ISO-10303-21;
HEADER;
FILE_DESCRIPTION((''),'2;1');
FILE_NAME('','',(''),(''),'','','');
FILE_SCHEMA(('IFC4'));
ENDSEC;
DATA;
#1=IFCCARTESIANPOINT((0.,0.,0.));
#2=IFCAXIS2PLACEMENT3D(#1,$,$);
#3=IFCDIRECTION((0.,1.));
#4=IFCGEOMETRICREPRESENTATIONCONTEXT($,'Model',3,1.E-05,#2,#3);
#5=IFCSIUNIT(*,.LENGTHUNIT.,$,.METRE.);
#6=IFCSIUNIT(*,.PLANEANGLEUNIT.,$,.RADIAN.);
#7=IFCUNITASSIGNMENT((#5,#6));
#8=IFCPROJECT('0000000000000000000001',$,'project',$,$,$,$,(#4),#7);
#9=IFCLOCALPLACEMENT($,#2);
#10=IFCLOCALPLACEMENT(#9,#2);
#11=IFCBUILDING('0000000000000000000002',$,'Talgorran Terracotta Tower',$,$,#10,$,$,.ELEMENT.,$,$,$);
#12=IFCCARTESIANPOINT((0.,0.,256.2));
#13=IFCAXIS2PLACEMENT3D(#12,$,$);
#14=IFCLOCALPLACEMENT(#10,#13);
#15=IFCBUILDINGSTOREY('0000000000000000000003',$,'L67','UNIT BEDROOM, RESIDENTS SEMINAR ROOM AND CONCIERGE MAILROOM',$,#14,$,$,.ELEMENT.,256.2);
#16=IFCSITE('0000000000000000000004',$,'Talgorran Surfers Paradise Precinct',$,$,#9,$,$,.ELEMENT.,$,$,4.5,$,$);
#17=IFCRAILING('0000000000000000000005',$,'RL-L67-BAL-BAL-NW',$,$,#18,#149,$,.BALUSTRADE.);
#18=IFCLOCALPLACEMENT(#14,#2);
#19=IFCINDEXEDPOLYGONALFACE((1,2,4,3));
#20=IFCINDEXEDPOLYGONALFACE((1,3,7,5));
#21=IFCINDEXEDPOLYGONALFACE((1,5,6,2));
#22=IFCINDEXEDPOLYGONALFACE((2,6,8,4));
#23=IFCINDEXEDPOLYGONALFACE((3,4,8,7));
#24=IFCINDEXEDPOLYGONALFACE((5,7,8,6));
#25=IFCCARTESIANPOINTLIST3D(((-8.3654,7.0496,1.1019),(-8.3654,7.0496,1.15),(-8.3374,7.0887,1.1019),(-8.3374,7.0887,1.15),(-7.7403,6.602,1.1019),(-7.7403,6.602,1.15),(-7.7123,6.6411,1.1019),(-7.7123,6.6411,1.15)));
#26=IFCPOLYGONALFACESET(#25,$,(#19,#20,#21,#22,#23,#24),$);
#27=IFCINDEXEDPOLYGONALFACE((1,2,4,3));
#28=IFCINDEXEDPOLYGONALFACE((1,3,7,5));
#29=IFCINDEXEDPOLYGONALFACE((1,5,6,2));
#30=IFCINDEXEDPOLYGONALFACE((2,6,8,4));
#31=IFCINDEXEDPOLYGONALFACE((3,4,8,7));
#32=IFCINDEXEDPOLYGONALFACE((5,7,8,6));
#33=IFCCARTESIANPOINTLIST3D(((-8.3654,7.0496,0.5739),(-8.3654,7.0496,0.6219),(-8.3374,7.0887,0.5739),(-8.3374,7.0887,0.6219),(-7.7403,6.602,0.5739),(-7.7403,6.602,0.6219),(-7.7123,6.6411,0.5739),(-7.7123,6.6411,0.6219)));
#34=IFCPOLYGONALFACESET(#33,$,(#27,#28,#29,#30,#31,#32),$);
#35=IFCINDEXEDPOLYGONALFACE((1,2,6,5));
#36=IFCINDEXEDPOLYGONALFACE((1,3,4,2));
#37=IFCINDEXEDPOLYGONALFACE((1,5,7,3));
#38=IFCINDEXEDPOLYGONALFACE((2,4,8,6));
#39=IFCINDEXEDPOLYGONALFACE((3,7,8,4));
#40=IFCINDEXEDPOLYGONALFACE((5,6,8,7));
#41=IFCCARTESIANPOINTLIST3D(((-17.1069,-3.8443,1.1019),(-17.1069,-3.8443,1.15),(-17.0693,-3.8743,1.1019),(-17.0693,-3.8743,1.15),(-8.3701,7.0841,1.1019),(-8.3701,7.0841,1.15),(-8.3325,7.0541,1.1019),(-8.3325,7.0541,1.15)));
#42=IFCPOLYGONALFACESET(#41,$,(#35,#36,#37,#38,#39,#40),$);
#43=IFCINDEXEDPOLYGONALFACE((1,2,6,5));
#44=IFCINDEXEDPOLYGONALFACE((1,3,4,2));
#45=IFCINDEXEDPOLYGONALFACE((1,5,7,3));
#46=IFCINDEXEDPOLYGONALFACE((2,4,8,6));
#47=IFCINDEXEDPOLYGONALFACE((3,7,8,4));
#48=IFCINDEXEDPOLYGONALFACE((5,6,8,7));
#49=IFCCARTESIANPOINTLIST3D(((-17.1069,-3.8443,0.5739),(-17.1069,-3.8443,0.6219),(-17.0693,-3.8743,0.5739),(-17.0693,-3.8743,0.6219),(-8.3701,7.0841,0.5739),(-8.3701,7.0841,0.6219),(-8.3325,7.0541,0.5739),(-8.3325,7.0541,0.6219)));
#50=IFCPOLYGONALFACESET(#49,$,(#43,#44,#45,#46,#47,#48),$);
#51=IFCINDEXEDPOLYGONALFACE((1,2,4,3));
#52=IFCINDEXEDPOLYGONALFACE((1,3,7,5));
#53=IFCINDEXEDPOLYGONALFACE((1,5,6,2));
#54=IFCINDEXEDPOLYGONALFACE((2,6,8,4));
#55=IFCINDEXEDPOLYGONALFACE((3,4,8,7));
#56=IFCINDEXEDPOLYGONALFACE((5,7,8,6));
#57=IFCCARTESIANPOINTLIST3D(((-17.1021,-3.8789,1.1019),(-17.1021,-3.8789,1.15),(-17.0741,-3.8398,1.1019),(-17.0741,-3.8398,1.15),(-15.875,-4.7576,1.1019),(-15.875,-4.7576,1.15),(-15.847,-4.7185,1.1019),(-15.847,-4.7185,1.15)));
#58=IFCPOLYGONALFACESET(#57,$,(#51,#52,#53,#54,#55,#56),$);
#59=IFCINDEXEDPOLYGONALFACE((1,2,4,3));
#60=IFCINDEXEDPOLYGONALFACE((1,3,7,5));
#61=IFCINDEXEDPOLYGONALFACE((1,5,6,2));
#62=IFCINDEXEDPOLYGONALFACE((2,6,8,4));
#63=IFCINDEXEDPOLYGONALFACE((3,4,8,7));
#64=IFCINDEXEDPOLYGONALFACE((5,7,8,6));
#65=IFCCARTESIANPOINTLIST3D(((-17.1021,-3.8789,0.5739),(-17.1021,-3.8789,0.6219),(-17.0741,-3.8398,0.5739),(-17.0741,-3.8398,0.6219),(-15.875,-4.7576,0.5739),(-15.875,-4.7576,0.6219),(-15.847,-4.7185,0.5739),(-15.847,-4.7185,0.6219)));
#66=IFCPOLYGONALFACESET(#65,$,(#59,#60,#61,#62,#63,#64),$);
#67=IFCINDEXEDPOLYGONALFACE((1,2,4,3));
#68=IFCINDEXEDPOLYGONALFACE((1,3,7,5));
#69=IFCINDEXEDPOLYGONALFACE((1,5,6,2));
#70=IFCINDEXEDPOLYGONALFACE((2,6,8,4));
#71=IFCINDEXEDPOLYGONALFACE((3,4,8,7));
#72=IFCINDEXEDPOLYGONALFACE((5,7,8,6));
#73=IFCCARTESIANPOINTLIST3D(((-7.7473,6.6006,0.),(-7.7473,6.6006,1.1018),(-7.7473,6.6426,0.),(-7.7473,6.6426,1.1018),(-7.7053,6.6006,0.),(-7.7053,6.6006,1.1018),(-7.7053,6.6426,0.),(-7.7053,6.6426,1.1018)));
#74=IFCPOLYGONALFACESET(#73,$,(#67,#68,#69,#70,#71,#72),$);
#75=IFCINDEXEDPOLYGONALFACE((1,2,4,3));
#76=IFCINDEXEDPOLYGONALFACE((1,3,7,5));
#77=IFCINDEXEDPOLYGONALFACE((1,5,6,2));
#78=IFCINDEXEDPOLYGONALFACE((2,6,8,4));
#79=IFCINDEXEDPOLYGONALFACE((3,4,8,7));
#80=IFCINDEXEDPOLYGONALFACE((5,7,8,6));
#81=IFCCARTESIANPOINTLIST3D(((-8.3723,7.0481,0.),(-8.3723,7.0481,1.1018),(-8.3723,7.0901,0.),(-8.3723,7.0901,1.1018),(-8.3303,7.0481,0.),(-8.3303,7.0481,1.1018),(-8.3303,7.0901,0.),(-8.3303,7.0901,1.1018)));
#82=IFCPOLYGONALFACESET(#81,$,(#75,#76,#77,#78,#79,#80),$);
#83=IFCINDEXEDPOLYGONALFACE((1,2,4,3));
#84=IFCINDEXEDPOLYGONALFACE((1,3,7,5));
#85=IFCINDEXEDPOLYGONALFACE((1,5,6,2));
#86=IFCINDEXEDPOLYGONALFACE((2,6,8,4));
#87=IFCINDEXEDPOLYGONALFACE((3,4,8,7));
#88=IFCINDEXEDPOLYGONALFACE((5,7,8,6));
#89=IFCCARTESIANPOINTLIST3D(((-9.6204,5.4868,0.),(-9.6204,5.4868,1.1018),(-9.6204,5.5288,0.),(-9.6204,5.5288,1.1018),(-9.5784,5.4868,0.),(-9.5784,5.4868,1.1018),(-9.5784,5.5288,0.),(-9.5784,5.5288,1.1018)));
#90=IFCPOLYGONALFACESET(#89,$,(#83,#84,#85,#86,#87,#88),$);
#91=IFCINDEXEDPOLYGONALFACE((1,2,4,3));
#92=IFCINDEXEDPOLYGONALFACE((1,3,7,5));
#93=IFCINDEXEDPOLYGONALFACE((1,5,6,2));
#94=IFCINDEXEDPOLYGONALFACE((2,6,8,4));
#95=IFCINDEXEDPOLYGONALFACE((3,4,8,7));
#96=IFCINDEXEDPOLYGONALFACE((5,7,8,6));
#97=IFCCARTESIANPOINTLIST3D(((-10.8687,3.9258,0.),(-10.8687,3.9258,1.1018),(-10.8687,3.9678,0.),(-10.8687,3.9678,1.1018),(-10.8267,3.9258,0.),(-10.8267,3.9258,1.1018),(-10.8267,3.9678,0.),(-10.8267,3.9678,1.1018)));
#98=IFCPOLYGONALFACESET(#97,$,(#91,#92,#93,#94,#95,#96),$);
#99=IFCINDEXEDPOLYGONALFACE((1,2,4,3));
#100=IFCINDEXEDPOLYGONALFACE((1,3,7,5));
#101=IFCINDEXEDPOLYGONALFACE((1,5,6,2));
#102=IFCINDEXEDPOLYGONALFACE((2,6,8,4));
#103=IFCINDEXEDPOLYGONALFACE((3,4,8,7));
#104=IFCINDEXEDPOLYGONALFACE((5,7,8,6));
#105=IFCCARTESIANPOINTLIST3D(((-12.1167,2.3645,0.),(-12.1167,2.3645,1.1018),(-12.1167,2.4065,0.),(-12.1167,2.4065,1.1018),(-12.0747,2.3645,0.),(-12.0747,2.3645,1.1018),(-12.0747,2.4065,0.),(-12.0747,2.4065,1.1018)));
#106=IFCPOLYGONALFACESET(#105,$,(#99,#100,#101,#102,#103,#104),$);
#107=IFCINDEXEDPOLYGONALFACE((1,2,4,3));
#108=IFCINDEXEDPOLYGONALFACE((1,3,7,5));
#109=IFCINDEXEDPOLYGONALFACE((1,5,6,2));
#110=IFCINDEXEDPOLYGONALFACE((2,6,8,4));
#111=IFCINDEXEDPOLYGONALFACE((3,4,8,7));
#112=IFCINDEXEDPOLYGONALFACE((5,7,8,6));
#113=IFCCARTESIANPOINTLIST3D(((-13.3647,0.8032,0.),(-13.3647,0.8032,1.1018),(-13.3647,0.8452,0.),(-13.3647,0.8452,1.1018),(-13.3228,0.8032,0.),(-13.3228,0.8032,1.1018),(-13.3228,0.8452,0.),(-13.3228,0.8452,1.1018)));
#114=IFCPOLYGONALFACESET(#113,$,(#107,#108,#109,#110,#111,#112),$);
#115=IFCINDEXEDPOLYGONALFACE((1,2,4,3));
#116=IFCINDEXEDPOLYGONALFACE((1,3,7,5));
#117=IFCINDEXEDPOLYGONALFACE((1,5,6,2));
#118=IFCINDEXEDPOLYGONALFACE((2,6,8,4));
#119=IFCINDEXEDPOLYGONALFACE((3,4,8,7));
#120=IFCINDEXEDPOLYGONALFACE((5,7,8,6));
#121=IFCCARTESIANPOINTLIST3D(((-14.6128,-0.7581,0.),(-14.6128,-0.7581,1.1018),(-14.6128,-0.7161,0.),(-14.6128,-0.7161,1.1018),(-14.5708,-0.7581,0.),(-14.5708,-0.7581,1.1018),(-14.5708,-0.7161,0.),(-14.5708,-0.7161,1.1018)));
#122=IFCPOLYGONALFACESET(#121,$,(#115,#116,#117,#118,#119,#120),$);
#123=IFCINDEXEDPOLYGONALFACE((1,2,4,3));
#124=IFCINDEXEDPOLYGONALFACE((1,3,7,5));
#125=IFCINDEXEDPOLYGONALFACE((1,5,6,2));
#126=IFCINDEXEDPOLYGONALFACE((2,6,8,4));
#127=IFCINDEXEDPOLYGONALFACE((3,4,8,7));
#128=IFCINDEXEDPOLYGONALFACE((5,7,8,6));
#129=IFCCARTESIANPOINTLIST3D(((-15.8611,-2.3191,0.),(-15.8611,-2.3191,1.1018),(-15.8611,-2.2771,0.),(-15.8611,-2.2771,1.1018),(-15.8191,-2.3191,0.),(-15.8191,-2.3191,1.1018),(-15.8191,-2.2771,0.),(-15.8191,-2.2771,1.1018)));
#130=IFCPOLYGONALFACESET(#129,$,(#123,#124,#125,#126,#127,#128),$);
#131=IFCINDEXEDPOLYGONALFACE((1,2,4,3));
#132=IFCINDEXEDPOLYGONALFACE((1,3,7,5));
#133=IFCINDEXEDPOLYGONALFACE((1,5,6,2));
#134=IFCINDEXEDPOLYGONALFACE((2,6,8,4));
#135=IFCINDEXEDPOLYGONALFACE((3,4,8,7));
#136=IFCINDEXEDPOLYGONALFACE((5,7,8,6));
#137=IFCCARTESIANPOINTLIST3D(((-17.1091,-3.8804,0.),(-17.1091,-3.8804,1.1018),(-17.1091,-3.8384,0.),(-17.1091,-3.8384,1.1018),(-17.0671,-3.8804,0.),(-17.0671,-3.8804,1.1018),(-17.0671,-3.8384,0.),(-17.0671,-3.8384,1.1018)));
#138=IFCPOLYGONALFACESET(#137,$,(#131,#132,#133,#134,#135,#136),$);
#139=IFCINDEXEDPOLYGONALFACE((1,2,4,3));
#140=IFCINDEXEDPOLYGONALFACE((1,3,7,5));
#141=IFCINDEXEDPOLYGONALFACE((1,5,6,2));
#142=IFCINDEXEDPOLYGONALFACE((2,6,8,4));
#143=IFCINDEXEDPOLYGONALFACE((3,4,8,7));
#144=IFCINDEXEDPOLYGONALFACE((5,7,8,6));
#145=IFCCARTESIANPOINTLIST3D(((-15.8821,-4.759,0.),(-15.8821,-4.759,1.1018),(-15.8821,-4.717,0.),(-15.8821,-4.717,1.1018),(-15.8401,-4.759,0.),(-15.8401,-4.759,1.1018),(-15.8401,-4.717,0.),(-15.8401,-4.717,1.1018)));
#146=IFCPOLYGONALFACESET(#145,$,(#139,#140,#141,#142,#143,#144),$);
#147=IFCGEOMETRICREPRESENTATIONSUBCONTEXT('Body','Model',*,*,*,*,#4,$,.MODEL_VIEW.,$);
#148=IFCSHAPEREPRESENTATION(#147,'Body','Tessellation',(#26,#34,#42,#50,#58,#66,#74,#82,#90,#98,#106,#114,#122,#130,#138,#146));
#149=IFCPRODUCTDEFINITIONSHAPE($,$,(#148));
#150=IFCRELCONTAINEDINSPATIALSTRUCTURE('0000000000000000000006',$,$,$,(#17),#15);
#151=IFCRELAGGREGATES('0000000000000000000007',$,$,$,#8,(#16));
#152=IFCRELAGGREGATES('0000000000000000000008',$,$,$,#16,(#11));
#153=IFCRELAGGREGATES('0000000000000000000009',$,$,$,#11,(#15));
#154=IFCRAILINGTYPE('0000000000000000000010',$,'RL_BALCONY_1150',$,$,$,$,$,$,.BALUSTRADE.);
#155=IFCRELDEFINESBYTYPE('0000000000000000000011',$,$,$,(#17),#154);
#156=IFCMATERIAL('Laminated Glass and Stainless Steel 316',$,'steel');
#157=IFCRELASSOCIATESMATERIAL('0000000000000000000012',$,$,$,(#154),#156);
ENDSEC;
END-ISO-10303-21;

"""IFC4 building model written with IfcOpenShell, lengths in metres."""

from ifc_helpers import new_model, si_unit, direction, frame, origin, origin_2d, place, context, subcontext, project, spatial, rectangle, extrude, material, type_object, element, save


model = new_model("IFC4")

# Units and contexts
model_context = context("Model", 3, precision=1e-05, world=origin(), true_north=direction((0.0, 1.0)))
body_context = subcontext(model_context, "Body", "Model", "MODEL_VIEW")
ifc_project = project(units=[si_unit("LENGTHUNIT", "METRE"), si_unit("PLANEANGLEUNIT", "RADIAN")], contexts=[model_context])

# Site, building, storey
site_placement = place(None, origin())
site = spatial("IfcSite", under=ifc_project, at=site_placement, Name="Talgorran Surfers Paradise Precinct", CompositionType="ELEMENT", RefElevation=4.5)
building_placement = place(site_placement, origin())
building = spatial("IfcBuilding", under=site, at=building_placement, Name="Talgorran Terracotta Tower", CompositionType="ELEMENT")
storey_placement = place(building_placement, frame((0.0, 0.0, 256.2)))
storey = spatial("IfcBuildingStorey", under=building, at=storey_placement, Name="L67", Description="UNIT BEDROOM, RESIDENTS SEMINAR ROOM AND CONCIERGE MAILROOM", CompositionType="ELEMENT", Elevation=256.2)

# Railing
ifc_material_1 = material(Name="Laminated Glass and Stainless Steel 316", Category="steel")
railing_type = type_object("IfcRailingType", Name="RL_BALCONY_1150", PredefinedType="BALUSTRADE", material=ifc_material_1)
railing_placement = place(storey_placement, frame((-7.7263, 6.6216, 0.0)))
element("IfcRailing", 1, at=railing_placement, inside=storey, type_object=railing_type, Name="RL-L67-BAL-BAL-NW", PredefinedType="BALUSTRADE", context=body_context, shape_type="SweptSolid", body=[
    extrude(rectangle(XDim=0.0481, YDim=0.0481, at=origin_2d()), frame((0.0, 0.0, 1.126), z_axis=(-0.813068, 0.582169, 0.0), x_axis=(-0.582169, -0.813068, 0.0)), (0.0, 0.0, 1.0), 0.7688),
    extrude(rectangle(XDim=0.0481, YDim=0.0481, at=origin_2d()), frame((0.0, 0.0, 0.5979), z_axis=(-0.813068, 0.582169, 0.0), x_axis=(-0.582169, -0.813068, 0.0)), (0.0, 0.0, 1.0), 0.7688),
    extrude(rectangle(XDim=0.0481, YDim=0.0481, at=origin_2d()), frame((-0.625, 0.4475, 1.126), z_axis=(-0.624435, -0.781076, 0.0), x_axis=(0.781076, -0.624435, 0.0)), (0.0, 0.0, 1.0), 13.9915),
    extrude(rectangle(XDim=0.0481, YDim=0.0481, at=origin_2d()), frame((-0.625, 0.4475, 0.5979), z_axis=(-0.624435, -0.781076, 0.0), x_axis=(0.781076, -0.624435, 0.0)), (0.0, 0.0, 1.0), 13.9915),
    extrude(rectangle(XDim=0.0481, YDim=0.0481, at=origin_2d()), frame((-9.3618, -10.481, 1.126), z_axis=(0.813044, -0.582202, 0.0), x_axis=(0.582202, 0.813044, 0.0)), (0.0, 0.0, 1.0), 1.5093),
    extrude(rectangle(XDim=0.0481, YDim=0.0481, at=origin_2d()), frame((-9.3618, -10.481, 0.5979), z_axis=(0.813044, -0.582202, 0.0), x_axis=(0.582202, 0.813044, 0.0)), (0.0, 0.0, 1.0), 1.5093),
    extrude(rectangle(XDim=0.042, YDim=0.042, at=origin_2d()), origin(), (0.0, 0.0, 1.0), 1.1018),
    extrude(rectangle(XDim=0.042, YDim=0.042, at=origin_2d()), frame((-0.625, 0.4475, 0.0)), (0.0, 0.0, 1.0), 1.1018),
    extrude(rectangle(XDim=0.042, YDim=0.042, at=origin_2d()), frame((-1.873, -1.1138, 0.0)), (0.0, 0.0, 1.0), 1.1018),
    extrude(rectangle(XDim=0.042, YDim=0.042, at=origin_2d()), frame((-3.1213, -2.6748, 0.0)), (0.0, 0.0, 1.0), 1.1018),
    extrude(rectangle(XDim=0.042, YDim=0.042, at=origin_2d()), frame((-4.3694, -4.2361, 0.0)), (0.0, 0.0, 1.0), 1.1018),
    extrude(rectangle(XDim=0.042, YDim=0.042, at=origin_2d()), frame((-5.6174, -5.7974, 0.0)), (0.0, 0.0, 1.0), 1.1018),
    extrude(rectangle(XDim=0.042, YDim=0.042, at=origin_2d()), frame((-6.8655, -7.3586, 0.0)), (0.0, 0.0, 1.0), 1.1018),
    extrude(rectangle(XDim=0.042, YDim=0.042, at=origin_2d()), frame((-8.1138, -8.9197, 0.0)), (0.0, 0.0, 1.0), 1.1018),
    extrude(rectangle(XDim=0.042, YDim=0.042, at=origin_2d()), frame((-9.3618, -10.481, 0.0)), (0.0, 0.0, 1.0), 1.1018),
    extrude(rectangle(XDim=0.042, YDim=0.042, at=origin_2d()), frame((-8.1348, -11.3596, 0.0)), (0.0, 0.0, 1.0), 1.1018),
])

save(model, "model.ifc")
